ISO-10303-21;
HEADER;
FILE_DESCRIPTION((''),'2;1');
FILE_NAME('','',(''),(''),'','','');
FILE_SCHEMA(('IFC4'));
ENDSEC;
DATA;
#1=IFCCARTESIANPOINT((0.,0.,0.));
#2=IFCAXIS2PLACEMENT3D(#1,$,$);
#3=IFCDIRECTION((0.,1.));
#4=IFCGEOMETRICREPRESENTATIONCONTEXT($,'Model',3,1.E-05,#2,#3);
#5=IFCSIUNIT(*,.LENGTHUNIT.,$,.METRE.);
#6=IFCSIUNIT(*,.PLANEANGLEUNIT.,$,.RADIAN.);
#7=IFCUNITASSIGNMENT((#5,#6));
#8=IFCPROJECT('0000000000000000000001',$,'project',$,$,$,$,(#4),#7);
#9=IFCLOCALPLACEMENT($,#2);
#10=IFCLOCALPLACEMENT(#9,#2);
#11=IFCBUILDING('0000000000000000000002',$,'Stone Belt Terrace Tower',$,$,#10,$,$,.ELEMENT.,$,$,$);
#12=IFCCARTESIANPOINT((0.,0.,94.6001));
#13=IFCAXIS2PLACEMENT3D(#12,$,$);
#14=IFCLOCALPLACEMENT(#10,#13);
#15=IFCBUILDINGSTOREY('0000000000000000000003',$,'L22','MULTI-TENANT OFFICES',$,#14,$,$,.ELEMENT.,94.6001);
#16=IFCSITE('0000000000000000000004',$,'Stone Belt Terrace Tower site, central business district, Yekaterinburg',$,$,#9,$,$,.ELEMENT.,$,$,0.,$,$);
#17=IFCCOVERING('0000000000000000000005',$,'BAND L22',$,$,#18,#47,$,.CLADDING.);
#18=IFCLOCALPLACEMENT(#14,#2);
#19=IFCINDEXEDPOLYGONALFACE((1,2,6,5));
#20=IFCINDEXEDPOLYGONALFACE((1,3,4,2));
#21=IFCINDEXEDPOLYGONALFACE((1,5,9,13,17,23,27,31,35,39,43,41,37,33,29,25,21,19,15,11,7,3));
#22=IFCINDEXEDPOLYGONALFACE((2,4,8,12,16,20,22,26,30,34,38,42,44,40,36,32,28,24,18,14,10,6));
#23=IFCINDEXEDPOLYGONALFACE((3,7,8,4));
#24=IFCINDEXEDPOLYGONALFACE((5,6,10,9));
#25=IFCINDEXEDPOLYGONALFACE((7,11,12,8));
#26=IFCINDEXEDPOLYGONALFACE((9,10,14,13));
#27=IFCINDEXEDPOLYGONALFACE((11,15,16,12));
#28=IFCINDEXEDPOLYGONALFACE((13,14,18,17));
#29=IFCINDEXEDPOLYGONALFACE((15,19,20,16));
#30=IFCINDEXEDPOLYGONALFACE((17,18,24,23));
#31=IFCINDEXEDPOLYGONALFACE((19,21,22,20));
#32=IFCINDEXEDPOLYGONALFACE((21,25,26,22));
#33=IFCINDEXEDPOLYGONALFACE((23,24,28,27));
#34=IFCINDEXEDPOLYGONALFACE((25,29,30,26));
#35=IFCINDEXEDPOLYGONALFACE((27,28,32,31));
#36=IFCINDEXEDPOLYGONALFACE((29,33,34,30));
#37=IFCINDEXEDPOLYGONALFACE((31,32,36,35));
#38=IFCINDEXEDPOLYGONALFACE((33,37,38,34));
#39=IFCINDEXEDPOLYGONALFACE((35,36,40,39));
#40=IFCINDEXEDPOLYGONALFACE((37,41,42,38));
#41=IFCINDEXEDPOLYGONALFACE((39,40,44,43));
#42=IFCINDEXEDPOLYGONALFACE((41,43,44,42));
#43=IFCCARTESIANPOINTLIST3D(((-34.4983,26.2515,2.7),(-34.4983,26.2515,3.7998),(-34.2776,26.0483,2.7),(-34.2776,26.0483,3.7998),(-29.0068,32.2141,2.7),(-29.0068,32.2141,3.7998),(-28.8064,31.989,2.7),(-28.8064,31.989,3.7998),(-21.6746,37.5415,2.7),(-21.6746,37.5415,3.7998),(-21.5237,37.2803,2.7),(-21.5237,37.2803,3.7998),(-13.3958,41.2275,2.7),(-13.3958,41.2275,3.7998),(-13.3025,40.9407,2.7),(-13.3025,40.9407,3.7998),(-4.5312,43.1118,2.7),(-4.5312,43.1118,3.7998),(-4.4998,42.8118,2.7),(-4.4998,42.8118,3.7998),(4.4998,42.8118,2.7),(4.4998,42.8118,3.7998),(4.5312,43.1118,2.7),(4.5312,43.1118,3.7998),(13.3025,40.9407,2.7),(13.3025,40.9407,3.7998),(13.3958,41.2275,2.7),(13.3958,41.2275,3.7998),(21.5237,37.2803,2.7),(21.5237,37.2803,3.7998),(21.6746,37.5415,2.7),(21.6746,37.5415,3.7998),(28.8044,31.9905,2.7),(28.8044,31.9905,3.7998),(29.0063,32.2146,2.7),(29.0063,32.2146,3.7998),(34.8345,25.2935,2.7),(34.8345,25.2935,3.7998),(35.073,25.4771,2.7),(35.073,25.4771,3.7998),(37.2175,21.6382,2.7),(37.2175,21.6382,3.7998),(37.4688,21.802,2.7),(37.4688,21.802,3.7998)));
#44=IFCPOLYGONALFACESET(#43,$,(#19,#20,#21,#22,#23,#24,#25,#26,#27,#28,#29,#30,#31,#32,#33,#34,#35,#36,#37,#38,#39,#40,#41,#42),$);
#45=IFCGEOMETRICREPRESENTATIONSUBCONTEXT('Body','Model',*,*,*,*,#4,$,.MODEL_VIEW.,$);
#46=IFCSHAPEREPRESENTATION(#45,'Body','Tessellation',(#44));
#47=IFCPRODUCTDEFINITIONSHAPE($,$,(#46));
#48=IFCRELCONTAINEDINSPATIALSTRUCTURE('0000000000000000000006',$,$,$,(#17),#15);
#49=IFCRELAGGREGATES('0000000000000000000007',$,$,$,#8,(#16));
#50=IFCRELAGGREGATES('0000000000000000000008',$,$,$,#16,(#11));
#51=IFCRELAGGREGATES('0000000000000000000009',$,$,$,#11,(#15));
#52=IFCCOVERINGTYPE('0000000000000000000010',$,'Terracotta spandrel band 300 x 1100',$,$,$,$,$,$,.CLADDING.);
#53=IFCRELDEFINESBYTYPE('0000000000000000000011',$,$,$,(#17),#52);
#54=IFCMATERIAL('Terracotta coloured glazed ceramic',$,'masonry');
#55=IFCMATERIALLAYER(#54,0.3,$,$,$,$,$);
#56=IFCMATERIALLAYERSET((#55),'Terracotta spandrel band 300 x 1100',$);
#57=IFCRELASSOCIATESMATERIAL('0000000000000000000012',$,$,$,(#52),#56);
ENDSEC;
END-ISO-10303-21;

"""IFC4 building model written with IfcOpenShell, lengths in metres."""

from ifc_helpers import new_model, si_unit, direction, frame, origin, place, context, subcontext, project, spatial, polyline, outline, extrude, material, layer, layer_set, type_object, element, save


model = new_model("IFC4")

# Units and contexts
model_context = context("Model", 3, precision=1e-05, world=origin(), true_north=direction((0.0, 1.0)))
body_context = subcontext(model_context, "Body", "Model", "MODEL_VIEW")
ifc_project = project(units=[si_unit("LENGTHUNIT", "METRE"), si_unit("PLANEANGLEUNIT", "RADIAN")], contexts=[model_context])

# Site, building, storey
site_placement = place(None, origin())
site = spatial("IfcSite", under=ifc_project, at=site_placement, Name="Stone Belt Terrace Tower site, central business district, Yekaterinburg", CompositionType="ELEMENT", RefElevation=0.0)
building_placement = place(site_placement, origin())
building = spatial("IfcBuilding", under=site, at=building_placement, Name="Stone Belt Terrace Tower", CompositionType="ELEMENT")
storey_placement = place(building_placement, frame((0.0, 0.0, 94.6001)))
storey = spatial("IfcBuildingStorey", under=building, at=storey_placement, Name="L22", Description="MULTI-TENANT OFFICES", CompositionType="ELEMENT", Elevation=94.6001)

# Covering
ifc_material_1 = material(Name="Terracotta coloured glazed ceramic", Category="masonry")
ifc_layer_1 = layer(ifc_material_1, 0.3)
ifc_layer_set_1 = layer_set([ifc_layer_1], Name="Terracotta spandrel band 300 x 1100")
covering_type = type_object("IfcCoveringType", Name="Terracotta spandrel band 300 x 1100", PredefinedType="CLADDING", material=ifc_layer_set_1)
covering_placement = place(storey_placement, frame((0.0, 0.0, 2.7)))
element("IfcCovering", 1, at=covering_placement, inside=storey, type_object=covering_type, Name="BAND L22", PredefinedType="CLADDING", context=body_context, shape_type="SweptSolid", body=[
    extrude(outline(polyline([(-34.4983, 26.2515), (-29.0068, 32.2141), (-21.6746, 37.5415), (-13.3958, 41.2275), (-4.5312, 43.1118), (4.5312, 43.1118), (13.3958, 41.2275), (21.6746, 37.5415), (29.0063, 32.2146), (35.073, 25.4771), (37.4688, 21.802), (37.2175, 21.6382), (34.8345, 25.2935), (28.8044, 31.9905), (21.5237, 37.2803), (13.3025, 40.9407), (4.4998, 42.8118), (-4.4998, 42.8118), (-13.3025, 40.9407), (-21.5237, 37.2803), (-28.8064, 31.989), (-34.2776, 26.0483), (-34.4983, 26.2515)])), origin(), (0.0, 0.0, 1.0), 1.0999),
])

save(model, "model.ifc")
